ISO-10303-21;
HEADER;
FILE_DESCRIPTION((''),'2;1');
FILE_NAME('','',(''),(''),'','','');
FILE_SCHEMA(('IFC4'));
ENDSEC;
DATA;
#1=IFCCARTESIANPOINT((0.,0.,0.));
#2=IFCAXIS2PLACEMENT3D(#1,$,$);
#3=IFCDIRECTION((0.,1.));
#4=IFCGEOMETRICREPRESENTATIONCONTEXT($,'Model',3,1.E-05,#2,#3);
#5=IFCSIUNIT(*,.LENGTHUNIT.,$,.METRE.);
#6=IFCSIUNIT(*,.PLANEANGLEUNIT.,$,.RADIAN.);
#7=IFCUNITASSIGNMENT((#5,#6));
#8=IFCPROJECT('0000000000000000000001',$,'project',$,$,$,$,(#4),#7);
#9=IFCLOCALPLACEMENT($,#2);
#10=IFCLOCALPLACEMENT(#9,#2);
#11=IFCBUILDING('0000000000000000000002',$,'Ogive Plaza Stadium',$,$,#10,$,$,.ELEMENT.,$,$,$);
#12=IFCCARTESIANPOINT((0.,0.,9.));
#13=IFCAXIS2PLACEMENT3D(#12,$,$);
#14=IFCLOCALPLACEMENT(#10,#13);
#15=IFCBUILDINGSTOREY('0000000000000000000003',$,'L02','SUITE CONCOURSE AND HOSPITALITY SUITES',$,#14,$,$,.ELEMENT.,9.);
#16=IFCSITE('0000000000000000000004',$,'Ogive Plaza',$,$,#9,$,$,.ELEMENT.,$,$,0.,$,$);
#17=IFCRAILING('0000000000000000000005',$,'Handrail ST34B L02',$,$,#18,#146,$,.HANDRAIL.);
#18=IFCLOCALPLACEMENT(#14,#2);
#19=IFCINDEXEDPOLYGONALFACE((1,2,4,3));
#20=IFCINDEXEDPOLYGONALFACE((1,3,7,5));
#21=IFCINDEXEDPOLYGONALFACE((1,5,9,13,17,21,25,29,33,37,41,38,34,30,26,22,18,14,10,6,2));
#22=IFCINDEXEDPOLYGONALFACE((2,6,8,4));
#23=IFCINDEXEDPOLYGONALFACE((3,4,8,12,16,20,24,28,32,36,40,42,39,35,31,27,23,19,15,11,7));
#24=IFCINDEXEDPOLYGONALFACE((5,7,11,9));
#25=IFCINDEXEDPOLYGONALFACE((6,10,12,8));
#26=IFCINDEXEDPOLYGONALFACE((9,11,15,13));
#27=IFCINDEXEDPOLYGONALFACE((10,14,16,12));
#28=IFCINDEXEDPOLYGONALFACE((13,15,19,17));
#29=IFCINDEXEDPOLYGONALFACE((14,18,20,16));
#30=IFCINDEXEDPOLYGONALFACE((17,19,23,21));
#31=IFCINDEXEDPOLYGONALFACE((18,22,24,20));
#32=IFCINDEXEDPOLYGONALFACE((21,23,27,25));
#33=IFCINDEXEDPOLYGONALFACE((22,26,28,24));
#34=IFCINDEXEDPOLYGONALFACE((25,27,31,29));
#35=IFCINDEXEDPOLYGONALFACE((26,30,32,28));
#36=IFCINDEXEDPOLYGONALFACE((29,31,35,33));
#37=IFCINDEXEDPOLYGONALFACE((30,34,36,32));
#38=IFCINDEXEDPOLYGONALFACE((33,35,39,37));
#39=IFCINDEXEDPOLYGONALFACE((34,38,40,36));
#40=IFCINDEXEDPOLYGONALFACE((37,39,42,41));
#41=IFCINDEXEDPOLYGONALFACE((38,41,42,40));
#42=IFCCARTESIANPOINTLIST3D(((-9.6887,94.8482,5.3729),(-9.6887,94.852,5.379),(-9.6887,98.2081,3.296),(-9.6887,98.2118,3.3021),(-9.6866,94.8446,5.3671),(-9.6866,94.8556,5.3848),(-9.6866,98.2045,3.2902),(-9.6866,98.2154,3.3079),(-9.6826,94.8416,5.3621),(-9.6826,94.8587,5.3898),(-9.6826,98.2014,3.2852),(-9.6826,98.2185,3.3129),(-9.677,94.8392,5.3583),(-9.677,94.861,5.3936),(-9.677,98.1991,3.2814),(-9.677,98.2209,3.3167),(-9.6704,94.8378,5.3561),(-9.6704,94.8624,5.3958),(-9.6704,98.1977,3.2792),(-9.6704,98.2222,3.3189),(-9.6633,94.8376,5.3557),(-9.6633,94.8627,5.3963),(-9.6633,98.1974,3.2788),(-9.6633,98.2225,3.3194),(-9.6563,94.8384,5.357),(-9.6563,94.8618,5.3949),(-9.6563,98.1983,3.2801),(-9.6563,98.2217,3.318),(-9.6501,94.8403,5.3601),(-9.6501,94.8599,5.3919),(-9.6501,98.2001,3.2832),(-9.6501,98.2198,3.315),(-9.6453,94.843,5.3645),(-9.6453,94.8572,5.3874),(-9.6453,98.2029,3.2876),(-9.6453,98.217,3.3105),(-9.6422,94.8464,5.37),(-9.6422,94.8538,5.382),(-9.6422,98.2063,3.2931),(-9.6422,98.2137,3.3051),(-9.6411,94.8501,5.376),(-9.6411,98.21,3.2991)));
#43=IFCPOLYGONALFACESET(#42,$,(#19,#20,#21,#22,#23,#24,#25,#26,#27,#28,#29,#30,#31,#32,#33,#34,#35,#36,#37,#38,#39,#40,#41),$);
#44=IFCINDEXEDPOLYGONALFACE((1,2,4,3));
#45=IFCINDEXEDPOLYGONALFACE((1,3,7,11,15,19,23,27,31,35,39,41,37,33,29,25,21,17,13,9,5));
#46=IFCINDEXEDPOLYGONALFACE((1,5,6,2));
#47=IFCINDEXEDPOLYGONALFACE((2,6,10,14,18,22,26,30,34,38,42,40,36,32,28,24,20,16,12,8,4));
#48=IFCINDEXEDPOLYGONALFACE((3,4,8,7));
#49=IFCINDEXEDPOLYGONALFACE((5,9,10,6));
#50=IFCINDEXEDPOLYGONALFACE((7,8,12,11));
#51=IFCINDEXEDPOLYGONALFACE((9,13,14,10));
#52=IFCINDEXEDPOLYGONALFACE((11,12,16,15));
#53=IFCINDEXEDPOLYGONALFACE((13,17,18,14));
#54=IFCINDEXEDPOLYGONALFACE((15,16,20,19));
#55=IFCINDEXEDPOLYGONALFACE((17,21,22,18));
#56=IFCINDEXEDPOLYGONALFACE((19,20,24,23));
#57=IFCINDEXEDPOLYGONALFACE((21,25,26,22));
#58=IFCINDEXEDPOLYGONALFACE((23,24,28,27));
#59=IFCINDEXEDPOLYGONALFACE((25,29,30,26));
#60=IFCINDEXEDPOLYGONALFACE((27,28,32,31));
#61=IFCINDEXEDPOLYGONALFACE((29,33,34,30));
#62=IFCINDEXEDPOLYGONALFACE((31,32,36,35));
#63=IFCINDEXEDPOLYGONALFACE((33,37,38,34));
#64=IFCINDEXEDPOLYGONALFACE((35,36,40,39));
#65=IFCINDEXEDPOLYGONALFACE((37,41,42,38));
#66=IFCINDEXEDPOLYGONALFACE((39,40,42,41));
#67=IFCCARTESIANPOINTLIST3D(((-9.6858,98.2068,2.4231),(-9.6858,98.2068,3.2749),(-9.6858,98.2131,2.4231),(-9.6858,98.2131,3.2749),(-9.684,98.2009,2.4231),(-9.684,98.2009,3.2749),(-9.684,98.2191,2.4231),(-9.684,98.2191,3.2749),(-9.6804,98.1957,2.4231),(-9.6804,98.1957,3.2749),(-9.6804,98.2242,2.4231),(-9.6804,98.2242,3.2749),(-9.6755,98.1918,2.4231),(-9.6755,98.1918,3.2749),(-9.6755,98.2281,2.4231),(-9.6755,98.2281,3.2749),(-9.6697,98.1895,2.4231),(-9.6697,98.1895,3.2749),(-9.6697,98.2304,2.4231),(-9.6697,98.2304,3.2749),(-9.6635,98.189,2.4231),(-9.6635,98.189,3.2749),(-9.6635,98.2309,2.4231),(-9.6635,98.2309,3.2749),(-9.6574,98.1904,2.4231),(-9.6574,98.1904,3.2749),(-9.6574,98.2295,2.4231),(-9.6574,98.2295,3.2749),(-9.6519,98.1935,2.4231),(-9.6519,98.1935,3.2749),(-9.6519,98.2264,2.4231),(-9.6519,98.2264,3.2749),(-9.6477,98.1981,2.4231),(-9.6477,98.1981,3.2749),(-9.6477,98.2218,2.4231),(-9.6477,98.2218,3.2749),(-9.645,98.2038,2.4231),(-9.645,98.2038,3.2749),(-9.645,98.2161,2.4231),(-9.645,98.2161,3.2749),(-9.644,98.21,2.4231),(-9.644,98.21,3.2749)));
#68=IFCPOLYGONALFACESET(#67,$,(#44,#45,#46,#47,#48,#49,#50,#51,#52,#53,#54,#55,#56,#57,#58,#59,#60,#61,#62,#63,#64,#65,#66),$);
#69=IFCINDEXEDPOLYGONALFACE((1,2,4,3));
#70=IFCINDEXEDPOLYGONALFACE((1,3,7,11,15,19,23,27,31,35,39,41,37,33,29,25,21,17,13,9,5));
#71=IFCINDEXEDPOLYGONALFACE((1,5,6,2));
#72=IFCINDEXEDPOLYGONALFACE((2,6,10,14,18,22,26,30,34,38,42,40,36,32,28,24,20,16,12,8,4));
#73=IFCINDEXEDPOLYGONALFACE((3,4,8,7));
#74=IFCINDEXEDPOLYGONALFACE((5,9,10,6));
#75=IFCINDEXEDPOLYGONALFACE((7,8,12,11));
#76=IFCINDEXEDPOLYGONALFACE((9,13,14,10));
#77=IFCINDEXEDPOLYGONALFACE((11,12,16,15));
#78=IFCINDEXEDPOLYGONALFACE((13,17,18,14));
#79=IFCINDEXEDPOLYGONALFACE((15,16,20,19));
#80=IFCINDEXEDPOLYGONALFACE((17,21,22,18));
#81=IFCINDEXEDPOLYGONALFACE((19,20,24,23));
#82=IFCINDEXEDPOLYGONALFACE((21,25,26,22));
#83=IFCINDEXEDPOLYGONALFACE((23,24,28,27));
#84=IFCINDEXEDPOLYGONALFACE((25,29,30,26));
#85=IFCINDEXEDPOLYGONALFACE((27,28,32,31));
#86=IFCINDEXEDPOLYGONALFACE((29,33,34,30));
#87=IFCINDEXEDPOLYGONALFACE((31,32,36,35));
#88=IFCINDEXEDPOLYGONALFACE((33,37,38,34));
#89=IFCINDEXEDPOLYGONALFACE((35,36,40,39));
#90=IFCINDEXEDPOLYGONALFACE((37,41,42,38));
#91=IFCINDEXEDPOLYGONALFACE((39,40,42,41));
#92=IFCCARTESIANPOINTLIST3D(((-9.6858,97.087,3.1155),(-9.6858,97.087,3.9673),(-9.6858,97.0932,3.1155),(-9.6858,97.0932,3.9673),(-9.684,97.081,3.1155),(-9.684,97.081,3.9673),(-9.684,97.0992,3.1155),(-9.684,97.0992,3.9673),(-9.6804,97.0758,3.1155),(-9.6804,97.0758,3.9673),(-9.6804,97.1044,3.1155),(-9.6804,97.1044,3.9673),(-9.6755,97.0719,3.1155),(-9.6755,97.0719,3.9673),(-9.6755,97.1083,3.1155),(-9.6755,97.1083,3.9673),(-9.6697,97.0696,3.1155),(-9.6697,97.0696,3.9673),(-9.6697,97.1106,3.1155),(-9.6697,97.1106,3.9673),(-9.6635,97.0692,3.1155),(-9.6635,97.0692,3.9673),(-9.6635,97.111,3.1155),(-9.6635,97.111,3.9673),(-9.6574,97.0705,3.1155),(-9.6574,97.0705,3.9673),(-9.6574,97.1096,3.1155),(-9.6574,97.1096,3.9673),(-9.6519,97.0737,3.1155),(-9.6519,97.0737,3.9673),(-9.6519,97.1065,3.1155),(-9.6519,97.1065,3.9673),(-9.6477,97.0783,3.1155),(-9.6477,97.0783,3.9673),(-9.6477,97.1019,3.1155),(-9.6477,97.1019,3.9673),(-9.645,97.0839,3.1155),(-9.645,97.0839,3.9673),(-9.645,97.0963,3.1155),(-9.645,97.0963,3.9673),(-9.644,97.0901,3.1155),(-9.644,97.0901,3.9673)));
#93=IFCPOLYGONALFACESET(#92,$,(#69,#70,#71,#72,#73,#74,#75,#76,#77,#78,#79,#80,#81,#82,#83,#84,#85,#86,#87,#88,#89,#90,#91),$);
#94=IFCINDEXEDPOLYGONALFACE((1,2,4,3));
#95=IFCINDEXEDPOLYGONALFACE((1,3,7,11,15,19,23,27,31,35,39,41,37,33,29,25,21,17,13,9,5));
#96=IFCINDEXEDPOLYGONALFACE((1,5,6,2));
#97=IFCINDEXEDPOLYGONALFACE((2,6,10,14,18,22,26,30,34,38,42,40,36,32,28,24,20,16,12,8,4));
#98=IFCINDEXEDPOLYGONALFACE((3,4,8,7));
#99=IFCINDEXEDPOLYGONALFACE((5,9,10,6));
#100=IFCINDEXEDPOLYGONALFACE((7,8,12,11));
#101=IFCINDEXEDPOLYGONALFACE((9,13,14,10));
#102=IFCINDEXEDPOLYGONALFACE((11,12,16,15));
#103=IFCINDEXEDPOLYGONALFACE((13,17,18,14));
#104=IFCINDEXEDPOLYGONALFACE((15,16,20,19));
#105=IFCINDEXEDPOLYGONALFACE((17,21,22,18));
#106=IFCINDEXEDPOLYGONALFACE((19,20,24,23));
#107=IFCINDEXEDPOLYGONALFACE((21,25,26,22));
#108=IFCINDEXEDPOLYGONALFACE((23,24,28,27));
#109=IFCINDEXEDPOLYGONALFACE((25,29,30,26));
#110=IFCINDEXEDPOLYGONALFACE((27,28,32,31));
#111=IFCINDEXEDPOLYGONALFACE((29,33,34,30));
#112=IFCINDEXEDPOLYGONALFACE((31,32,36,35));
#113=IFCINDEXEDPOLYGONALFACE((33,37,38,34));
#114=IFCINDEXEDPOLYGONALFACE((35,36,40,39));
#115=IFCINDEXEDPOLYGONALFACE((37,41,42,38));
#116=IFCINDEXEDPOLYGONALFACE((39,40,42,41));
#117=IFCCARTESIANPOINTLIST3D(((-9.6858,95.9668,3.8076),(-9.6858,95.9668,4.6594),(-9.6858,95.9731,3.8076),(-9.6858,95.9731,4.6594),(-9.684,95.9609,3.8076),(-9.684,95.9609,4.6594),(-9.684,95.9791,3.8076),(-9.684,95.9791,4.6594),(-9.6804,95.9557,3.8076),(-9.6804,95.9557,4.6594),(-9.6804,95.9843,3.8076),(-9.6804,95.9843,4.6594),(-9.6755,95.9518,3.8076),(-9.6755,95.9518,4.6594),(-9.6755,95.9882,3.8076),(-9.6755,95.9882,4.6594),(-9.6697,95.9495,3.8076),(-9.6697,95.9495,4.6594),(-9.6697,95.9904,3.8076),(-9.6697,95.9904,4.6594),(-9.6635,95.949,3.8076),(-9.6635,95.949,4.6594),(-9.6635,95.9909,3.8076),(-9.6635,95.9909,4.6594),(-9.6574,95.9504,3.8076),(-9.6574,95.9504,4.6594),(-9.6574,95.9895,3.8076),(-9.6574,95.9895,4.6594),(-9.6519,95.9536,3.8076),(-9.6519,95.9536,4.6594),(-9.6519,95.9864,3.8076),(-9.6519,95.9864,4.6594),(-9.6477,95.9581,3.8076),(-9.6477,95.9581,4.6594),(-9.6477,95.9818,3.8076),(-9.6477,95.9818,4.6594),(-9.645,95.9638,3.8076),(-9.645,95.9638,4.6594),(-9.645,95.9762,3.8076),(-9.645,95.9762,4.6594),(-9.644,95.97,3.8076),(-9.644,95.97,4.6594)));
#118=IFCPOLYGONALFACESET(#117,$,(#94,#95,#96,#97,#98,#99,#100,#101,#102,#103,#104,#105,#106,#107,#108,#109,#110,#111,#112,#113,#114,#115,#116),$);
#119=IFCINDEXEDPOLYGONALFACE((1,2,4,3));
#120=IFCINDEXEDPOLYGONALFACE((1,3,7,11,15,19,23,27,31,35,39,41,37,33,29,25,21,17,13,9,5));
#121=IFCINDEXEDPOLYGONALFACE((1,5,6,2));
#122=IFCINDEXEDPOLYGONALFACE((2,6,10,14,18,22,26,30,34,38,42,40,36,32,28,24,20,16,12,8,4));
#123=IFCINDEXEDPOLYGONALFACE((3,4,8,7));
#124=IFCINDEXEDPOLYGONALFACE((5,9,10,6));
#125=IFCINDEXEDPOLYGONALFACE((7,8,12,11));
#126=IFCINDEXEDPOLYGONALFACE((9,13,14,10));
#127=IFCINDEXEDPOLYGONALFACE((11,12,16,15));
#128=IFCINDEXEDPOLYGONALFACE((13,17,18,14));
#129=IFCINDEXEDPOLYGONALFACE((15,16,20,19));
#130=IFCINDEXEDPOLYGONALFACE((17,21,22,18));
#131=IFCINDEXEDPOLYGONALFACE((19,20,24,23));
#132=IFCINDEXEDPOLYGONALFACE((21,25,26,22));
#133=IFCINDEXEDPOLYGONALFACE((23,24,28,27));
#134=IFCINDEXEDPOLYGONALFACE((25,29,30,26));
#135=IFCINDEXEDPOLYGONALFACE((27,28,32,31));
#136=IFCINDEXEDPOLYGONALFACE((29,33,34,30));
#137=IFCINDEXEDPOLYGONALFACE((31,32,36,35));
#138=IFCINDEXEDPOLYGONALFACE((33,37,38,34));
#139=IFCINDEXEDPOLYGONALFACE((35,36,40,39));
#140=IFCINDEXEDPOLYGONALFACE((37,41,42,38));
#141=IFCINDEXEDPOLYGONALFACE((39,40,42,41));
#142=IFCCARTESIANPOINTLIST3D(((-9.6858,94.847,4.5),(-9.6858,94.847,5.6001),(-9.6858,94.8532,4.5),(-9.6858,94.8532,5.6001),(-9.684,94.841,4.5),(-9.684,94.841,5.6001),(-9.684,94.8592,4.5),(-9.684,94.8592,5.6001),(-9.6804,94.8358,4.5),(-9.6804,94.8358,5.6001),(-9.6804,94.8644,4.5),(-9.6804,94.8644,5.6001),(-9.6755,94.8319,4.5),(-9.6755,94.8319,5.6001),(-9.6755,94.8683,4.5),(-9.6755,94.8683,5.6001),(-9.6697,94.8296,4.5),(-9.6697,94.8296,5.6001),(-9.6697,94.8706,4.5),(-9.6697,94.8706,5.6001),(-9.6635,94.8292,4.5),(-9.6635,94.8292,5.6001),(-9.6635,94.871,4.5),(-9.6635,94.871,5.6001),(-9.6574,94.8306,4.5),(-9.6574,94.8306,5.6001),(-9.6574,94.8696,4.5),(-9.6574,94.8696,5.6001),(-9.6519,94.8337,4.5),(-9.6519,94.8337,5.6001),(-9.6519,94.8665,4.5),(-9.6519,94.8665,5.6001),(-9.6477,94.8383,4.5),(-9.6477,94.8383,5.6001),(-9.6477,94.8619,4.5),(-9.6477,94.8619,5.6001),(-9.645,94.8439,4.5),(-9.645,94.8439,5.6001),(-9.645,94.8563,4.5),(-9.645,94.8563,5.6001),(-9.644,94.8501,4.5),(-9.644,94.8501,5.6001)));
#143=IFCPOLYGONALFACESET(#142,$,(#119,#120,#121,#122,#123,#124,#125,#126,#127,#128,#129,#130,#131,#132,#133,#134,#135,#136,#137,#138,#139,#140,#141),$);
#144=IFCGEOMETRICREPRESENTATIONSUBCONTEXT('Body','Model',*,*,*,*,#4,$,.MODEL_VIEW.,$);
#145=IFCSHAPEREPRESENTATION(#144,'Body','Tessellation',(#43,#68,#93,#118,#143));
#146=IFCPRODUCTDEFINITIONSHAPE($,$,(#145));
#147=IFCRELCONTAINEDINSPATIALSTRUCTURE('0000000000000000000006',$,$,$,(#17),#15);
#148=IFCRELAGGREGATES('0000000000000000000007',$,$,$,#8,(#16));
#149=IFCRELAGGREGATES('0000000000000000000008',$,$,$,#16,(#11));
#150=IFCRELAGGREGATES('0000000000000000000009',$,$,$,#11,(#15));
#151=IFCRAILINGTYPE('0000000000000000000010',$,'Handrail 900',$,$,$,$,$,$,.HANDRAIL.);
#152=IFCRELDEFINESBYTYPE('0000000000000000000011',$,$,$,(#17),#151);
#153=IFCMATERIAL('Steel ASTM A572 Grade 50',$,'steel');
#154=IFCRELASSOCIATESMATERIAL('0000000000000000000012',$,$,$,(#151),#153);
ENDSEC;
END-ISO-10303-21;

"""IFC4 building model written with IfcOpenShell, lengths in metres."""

from ifc_helpers import new_model, si_unit, direction, frame, origin, origin_2d, place, context, subcontext, project, spatial, circle, extrude, material, type_object, element, save


model = new_model("IFC4")

# Units and contexts
model_context = context("Model", 3, precision=1e-05, world=origin(), true_north=direction((0.0, 1.0)))
body_context = subcontext(model_context, "Body", "Model", "MODEL_VIEW")
ifc_project = project(units=[si_unit("LENGTHUNIT", "METRE"), si_unit("PLANEANGLEUNIT", "RADIAN")], contexts=[model_context])

# Site, building, storey
site_placement = place(None, origin())
site = spatial("IfcSite", under=ifc_project, at=site_placement, Name="Ogive Plaza", CompositionType="ELEMENT", RefElevation=0.0)
building_placement = place(site_placement, origin())
building = spatial("IfcBuilding", under=site, at=building_placement, Name="Ogive Plaza Stadium", CompositionType="ELEMENT")
storey_placement = place(building_placement, frame((0.0, 0.0, 9.0)))
storey = spatial("IfcBuildingStorey", under=building, at=storey_placement, Name="L02", Description="SUITE CONCOURSE AND HOSPITALITY SUITES", CompositionType="ELEMENT", Elevation=9.0)

# Railing
ifc_material_1 = material(Name="Steel ASTM A572 Grade 50", Category="steel")
railing_type_1 = type_object("IfcRailingType", Name="Handrail 900", PredefinedType="HANDRAIL", material=ifc_material_1)
for number, where, name in (
    (1, (-9.665, 98.21, 2.4231), "Handrail ST34B L02"),
):
    element("IfcRailing", number, at=place(storey_placement, frame(where)), inside=storey, type_object=railing_type_1, Name=name, PredefinedType="HANDRAIL", context=body_context, shape_type="SweptSolid", body=[
        extrude(circle(Radius=0.0239, at=origin_2d()), frame((0.0, 0.0, 0.876), z_axis=(0.0, -0.850606, 0.525803), x_axis=(1.0, 0.0, 0.0)), (0.0, 0.0, 1.0), 3.95),
        extrude(circle(Radius=0.021, at=origin_2d()), origin(), (0.0, 0.0, 1.0), 0.8518),
        extrude(circle(Radius=0.021, at=origin_2d()), frame((0.0, -1.1199, 0.6924)), (0.0, 0.0, 1.0), 0.8518),
        extrude(circle(Radius=0.021, at=origin_2d()), frame((0.0, -2.24, 1.3845)), (0.0, 0.0, 1.0), 0.8518),
        extrude(circle(Radius=0.021, at=origin_2d()), frame((0.0, -3.3599, 2.0769)), (0.0, 0.0, 1.0), 1.1001),
    ])

save(model, "model.ifc")
